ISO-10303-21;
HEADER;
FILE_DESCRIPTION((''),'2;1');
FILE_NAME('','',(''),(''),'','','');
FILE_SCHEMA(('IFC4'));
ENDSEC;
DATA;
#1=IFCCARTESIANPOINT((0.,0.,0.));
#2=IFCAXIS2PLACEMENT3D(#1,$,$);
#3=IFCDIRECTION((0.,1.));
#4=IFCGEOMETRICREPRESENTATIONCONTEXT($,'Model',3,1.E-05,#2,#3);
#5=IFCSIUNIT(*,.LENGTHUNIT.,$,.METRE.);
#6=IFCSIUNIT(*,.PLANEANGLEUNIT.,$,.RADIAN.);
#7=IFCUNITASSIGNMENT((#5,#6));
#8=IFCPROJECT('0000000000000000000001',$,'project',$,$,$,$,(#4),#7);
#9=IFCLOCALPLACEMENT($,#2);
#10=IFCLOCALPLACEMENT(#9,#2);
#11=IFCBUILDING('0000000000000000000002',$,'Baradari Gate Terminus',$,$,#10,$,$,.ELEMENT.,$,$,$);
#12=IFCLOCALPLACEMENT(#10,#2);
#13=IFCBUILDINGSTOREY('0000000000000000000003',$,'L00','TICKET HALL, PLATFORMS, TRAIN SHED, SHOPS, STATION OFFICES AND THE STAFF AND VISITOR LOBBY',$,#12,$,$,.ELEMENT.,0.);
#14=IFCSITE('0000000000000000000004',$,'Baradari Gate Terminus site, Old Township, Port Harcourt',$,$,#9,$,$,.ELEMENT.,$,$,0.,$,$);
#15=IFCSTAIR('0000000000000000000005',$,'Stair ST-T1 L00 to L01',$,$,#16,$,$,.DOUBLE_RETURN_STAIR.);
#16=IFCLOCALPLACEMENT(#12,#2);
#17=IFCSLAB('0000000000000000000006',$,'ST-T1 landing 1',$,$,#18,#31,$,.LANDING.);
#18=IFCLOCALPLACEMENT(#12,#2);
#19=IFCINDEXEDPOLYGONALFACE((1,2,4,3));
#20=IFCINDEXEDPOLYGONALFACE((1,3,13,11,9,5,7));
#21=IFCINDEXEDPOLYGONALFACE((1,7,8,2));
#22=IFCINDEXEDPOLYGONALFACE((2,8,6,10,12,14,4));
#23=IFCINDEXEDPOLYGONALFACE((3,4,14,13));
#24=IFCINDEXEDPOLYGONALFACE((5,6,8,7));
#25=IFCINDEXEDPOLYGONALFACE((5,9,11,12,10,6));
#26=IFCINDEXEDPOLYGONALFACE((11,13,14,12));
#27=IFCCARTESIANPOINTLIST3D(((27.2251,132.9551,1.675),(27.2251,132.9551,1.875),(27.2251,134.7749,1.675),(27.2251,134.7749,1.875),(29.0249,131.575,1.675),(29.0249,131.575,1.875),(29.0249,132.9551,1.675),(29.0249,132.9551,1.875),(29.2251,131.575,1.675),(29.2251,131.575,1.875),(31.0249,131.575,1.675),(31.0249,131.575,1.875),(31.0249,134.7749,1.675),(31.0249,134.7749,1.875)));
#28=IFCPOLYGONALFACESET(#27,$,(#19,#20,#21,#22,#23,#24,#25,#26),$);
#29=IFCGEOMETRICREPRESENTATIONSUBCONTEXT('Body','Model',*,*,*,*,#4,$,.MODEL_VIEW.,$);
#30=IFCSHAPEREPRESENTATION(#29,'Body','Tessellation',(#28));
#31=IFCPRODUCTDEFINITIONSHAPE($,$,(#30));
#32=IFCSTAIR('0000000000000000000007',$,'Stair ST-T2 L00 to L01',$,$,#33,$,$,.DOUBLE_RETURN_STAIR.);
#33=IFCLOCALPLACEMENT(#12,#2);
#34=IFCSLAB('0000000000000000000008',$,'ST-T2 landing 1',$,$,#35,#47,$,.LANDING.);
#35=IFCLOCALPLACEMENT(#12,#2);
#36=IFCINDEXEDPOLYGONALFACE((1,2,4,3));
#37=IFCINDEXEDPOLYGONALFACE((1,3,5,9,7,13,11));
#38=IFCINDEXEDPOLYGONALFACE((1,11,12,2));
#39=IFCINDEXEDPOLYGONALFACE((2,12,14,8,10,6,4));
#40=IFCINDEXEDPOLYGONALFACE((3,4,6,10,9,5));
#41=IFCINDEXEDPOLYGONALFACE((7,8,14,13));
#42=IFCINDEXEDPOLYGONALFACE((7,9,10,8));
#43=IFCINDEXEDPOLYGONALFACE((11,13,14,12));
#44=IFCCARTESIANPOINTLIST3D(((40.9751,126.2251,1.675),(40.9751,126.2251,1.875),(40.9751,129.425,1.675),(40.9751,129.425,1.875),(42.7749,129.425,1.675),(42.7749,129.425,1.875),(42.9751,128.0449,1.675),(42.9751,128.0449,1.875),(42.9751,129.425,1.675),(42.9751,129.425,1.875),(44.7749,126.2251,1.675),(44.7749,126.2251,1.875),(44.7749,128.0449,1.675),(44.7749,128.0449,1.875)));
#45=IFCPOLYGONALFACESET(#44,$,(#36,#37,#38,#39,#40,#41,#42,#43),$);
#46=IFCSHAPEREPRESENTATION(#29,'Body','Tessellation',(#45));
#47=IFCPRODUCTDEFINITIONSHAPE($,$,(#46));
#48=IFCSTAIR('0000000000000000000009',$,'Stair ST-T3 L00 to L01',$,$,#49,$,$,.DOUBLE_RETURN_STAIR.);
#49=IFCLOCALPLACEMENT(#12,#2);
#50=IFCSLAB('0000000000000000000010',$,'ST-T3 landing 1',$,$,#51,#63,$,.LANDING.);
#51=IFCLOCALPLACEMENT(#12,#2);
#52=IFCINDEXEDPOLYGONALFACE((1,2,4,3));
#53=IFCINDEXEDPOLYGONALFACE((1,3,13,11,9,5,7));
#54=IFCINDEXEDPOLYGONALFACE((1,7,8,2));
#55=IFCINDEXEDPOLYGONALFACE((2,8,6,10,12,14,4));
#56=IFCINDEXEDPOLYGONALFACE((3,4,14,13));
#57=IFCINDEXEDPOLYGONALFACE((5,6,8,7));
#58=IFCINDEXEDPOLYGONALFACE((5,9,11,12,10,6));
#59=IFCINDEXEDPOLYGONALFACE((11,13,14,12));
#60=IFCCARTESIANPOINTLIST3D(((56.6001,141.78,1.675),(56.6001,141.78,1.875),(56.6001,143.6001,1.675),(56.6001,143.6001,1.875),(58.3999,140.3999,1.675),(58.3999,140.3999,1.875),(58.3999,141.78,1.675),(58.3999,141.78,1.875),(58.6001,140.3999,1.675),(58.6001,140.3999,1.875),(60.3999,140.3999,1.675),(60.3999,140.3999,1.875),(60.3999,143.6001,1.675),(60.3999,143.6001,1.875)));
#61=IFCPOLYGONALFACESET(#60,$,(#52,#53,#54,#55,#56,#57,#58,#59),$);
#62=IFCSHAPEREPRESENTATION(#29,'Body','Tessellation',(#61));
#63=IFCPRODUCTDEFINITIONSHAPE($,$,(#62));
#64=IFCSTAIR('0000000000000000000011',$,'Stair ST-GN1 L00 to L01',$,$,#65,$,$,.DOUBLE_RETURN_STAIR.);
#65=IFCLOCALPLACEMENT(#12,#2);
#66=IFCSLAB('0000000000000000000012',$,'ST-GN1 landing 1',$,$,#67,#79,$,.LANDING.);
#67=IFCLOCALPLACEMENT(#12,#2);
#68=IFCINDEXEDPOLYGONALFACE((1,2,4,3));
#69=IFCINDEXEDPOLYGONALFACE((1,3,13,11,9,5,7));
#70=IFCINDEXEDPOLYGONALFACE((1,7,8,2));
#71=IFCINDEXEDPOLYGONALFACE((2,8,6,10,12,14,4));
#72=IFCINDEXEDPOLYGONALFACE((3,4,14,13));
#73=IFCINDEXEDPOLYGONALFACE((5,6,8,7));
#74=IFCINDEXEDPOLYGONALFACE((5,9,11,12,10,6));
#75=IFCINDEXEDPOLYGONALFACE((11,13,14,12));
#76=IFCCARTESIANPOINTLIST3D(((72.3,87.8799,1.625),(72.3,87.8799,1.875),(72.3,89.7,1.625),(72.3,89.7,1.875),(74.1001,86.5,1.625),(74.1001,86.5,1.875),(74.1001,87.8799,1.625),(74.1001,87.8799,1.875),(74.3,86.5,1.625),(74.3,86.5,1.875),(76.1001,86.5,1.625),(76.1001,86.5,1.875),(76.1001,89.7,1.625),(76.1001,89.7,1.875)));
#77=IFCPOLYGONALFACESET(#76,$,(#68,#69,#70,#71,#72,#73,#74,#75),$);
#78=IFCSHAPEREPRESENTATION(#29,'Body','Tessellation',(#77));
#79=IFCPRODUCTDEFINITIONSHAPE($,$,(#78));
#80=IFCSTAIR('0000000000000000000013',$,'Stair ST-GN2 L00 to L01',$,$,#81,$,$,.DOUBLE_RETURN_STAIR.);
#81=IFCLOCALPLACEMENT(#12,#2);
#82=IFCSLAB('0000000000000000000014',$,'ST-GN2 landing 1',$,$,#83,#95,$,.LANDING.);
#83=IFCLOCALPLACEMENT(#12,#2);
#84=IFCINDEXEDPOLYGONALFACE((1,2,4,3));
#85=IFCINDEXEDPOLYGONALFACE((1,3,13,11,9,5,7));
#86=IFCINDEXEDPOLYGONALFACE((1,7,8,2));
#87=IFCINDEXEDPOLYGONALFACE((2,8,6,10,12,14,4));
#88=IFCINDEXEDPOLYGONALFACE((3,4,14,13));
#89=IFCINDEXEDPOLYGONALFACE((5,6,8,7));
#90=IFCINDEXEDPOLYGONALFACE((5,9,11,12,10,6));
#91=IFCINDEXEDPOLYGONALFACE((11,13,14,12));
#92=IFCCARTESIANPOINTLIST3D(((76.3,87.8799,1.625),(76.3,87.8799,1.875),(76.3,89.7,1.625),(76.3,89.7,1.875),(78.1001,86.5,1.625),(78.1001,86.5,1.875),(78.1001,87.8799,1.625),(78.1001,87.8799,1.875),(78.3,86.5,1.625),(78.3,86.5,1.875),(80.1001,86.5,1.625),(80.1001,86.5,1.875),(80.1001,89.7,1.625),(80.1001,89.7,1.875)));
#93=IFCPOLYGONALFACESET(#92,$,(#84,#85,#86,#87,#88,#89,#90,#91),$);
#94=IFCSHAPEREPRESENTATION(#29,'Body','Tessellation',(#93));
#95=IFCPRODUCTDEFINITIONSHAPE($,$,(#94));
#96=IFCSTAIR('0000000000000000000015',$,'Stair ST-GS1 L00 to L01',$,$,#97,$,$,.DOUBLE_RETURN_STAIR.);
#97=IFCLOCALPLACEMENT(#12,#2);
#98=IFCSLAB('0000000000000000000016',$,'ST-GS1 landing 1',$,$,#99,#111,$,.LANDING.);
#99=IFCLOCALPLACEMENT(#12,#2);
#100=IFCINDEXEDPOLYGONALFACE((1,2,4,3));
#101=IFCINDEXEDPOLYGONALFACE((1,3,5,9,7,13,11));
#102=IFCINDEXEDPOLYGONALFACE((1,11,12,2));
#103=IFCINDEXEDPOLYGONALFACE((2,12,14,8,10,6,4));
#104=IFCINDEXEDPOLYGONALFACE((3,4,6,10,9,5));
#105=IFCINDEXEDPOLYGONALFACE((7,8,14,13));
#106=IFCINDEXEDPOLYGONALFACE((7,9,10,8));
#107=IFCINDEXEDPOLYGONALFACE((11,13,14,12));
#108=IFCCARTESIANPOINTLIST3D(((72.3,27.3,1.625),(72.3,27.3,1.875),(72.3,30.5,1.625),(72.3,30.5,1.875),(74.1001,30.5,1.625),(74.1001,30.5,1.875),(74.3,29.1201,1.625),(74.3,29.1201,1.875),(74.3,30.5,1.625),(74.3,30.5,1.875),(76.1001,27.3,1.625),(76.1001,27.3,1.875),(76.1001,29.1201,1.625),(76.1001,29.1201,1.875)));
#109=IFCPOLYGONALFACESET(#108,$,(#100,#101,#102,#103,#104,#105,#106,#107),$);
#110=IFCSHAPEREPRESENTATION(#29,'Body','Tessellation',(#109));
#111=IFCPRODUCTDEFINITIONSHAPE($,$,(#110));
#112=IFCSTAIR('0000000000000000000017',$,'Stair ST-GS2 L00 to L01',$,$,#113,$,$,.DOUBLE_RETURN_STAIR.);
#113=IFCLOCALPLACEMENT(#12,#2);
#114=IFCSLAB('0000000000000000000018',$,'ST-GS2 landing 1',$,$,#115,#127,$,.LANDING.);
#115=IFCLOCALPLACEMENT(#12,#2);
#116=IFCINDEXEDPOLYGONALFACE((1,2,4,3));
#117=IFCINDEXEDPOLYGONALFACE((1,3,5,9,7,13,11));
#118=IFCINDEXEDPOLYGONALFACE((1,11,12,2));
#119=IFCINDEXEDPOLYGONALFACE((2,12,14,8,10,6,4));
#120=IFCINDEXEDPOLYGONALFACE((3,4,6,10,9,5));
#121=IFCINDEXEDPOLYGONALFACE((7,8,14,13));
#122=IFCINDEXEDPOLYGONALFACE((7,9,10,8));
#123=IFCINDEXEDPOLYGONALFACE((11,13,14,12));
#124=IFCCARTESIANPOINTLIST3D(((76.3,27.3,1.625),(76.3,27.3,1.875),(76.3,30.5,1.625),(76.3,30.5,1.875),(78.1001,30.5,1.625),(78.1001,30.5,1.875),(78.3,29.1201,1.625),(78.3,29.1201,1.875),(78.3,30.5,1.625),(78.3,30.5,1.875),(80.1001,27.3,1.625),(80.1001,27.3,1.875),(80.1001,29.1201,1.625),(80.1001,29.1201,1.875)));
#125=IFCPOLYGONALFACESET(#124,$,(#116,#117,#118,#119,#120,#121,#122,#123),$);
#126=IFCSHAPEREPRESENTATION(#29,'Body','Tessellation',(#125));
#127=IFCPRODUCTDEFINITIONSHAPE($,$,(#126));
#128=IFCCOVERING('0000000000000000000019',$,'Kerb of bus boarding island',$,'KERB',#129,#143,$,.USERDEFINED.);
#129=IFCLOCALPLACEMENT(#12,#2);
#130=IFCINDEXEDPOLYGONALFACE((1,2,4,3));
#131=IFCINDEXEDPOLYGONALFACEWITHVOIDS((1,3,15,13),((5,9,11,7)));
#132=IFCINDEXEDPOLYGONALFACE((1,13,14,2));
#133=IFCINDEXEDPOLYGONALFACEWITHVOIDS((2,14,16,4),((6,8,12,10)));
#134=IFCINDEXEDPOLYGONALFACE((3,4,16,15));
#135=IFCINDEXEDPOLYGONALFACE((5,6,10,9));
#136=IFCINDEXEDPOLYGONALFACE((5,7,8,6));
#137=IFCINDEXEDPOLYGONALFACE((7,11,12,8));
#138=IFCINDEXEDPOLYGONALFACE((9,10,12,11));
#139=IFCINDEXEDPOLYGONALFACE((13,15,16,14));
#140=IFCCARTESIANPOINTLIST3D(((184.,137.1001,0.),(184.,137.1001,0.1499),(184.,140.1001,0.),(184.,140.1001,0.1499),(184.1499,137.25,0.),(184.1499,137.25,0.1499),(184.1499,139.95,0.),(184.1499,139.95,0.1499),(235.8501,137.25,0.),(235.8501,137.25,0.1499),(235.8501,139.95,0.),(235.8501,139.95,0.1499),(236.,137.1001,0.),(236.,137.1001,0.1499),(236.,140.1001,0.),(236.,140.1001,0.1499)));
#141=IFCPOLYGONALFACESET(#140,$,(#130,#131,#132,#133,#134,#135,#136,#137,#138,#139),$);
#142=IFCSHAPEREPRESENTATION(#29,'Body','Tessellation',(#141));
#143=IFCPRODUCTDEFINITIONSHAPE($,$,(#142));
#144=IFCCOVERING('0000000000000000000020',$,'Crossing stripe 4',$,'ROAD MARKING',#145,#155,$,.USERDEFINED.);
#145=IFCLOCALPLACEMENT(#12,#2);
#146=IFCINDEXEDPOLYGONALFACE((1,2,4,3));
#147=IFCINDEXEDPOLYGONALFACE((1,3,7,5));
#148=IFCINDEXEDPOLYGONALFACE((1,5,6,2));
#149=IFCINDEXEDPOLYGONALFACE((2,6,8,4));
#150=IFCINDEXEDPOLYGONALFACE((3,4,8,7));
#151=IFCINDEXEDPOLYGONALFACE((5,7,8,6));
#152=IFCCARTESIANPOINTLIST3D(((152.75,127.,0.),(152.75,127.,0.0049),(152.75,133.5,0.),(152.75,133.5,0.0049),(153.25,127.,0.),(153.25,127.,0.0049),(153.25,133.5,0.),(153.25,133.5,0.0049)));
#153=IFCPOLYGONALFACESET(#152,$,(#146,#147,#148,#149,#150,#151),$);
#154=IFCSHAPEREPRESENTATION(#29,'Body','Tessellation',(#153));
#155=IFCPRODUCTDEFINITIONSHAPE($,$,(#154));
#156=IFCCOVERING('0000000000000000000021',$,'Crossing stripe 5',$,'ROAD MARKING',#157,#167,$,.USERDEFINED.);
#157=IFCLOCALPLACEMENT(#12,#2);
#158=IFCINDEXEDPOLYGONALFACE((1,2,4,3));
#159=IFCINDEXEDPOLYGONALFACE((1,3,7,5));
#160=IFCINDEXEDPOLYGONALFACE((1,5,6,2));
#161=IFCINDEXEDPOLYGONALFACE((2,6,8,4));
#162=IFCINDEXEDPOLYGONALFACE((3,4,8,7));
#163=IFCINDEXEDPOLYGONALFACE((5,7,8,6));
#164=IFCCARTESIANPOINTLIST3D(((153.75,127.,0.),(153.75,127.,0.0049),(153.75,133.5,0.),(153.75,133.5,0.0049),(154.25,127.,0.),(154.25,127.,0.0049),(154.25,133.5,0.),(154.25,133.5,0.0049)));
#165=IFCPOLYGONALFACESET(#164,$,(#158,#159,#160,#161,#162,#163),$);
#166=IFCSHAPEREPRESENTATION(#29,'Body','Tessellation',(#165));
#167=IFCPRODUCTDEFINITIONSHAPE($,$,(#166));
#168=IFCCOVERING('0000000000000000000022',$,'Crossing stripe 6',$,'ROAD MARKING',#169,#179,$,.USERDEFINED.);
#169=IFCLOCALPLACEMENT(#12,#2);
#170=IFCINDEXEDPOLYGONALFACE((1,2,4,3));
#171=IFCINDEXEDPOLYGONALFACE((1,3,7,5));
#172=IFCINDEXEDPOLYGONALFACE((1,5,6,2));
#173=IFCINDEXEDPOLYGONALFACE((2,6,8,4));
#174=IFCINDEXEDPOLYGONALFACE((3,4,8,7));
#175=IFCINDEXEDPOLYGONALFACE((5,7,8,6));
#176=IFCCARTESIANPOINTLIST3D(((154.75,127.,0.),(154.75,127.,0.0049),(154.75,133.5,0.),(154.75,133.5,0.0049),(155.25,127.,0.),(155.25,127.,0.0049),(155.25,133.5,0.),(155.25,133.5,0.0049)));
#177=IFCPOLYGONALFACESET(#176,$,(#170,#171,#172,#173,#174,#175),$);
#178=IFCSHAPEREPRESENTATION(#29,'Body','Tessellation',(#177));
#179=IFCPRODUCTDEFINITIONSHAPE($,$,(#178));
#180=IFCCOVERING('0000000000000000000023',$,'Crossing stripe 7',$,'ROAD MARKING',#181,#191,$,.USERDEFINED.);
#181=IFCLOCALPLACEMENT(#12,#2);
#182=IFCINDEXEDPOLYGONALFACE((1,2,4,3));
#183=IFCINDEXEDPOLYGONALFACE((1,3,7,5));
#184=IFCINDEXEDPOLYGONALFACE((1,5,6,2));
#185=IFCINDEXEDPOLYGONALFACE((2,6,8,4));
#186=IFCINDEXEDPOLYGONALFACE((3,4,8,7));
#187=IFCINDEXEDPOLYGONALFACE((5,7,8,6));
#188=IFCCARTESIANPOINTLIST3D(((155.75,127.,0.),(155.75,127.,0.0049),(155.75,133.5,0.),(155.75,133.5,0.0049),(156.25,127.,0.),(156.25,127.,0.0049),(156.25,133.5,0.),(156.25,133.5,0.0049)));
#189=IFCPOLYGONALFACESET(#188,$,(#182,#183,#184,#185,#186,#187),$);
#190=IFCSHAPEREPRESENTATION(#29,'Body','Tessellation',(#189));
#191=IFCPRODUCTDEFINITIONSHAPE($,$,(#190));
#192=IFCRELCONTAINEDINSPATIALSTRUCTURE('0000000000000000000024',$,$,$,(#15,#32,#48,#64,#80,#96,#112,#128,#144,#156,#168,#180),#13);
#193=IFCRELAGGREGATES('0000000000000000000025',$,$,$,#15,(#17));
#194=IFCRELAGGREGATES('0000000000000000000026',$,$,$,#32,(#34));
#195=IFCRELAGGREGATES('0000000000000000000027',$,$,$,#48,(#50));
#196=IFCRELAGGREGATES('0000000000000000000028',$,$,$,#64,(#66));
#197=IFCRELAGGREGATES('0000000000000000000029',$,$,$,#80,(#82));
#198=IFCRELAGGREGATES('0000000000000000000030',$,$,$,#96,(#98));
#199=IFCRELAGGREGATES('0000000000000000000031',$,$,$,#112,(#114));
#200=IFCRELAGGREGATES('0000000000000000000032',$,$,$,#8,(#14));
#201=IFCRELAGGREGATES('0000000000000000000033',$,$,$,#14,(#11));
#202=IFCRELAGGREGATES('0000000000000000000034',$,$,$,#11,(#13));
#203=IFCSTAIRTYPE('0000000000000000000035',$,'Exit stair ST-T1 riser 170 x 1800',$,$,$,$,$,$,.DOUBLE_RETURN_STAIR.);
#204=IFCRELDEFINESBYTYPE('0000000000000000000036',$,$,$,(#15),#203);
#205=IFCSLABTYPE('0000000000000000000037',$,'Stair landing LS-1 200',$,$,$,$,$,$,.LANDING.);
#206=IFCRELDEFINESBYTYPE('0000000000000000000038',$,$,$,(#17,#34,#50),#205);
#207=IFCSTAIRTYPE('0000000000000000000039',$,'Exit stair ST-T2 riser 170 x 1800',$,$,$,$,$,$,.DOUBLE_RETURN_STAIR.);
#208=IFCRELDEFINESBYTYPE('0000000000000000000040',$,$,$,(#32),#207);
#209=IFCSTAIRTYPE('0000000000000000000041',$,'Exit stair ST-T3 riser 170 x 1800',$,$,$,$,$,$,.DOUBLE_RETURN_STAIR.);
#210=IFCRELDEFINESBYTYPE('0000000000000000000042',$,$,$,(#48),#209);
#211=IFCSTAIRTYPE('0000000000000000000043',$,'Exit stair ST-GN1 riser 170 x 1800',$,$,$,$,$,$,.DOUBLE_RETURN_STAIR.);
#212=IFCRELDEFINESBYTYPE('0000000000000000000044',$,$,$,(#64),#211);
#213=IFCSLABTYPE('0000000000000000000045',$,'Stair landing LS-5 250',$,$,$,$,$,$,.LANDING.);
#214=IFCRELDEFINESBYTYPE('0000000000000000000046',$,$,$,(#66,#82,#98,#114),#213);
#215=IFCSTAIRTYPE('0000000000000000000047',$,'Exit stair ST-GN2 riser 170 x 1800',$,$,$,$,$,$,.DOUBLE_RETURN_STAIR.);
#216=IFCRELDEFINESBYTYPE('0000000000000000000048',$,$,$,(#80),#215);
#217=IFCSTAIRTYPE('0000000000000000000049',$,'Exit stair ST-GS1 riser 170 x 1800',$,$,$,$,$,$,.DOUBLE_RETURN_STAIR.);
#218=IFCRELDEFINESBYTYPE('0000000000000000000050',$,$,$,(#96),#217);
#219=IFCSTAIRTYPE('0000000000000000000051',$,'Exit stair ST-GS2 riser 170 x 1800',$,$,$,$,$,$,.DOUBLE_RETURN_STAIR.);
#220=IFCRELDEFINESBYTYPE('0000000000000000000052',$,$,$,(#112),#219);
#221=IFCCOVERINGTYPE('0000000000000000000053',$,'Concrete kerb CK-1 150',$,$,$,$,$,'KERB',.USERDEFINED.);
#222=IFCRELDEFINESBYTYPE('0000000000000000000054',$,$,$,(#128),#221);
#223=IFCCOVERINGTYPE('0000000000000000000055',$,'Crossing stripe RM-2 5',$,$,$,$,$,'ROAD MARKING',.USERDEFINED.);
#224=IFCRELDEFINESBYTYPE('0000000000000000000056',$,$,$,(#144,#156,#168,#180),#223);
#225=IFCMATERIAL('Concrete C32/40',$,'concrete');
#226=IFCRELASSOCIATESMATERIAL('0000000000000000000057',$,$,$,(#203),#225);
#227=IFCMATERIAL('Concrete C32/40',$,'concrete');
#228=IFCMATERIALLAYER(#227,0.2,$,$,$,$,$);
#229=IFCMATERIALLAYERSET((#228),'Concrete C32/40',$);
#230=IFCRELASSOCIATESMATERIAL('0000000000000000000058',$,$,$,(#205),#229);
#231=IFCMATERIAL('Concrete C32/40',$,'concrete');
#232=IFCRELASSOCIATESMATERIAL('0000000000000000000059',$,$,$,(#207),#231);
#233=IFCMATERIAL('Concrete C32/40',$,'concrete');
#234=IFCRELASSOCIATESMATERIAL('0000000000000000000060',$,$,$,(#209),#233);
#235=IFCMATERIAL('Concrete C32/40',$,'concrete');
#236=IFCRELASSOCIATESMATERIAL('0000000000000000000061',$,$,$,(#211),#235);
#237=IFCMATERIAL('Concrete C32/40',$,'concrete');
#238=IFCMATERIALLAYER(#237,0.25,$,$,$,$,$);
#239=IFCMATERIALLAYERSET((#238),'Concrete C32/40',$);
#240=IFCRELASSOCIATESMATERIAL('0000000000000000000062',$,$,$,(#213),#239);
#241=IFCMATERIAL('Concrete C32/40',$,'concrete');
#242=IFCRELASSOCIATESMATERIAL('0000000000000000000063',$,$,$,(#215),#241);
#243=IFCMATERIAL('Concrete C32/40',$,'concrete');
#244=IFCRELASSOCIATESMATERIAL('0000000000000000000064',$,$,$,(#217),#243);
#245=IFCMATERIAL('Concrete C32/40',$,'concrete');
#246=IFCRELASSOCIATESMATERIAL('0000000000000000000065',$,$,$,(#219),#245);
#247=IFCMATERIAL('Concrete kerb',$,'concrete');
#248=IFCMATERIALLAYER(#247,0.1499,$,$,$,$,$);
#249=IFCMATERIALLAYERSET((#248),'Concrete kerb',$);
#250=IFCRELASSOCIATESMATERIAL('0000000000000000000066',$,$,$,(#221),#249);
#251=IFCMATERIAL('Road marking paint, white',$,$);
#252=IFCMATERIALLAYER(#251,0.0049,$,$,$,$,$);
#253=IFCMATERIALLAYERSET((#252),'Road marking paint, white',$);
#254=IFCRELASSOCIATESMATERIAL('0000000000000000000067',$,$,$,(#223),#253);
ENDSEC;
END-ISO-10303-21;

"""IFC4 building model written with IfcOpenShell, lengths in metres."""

from ifc_helpers import new_model, si_unit, direction, frame, origin, place, context, subcontext, project, spatial, polyline, outline, extrude, material, layer, layer_set, type_object, element, aggregate, save


model = new_model("IFC4")

# Units and contexts
model_context = context("Model", 3, precision=1e-05, world=origin(), true_north=direction((0.0, 1.0)))
body_context = subcontext(model_context, "Body", "Model", "MODEL_VIEW")
ifc_project = project(units=[si_unit("LENGTHUNIT", "METRE"), si_unit("PLANEANGLEUNIT", "RADIAN")], contexts=[model_context])

# Site, building, storey
site_placement = place(None, origin())
site = spatial("IfcSite", under=ifc_project, at=site_placement, Name="Baradari Gate Terminus site, Old Township, Port Harcourt", CompositionType="ELEMENT", RefElevation=0.0)
building_placement = place(site_placement, origin())
building = spatial("IfcBuilding", under=site, at=building_placement, Name="Baradari Gate Terminus", CompositionType="ELEMENT")
storey_placement = place(building_placement, origin())
storey = spatial("IfcBuildingStorey", under=building, at=storey_placement, Name="L00", Description="TICKET HALL, PLATFORMS, TRAIN SHED, SHOPS, STATION OFFICES AND THE STAFF AND VISITOR LOBBY", CompositionType="ELEMENT", Elevation=0.0)

# Stairs, slabs
ifc_material_1 = material(Name="Concrete C32/40", Category="concrete")
stair_type_1 = type_object("IfcStairType", Name="Exit stair ST-T1 riser 170 x 1800", PredefinedType="DOUBLE_RETURN_STAIR", material=ifc_material_1)
stair_1_placement = place(storey_placement, origin())
stair_1 = element("IfcStair", 1, at=stair_1_placement, inside=storey, type_object=stair_type_1, Name="Stair ST-T1 L00 to L01", PredefinedType="DOUBLE_RETURN_STAIR")
ifc_material_2 = material(Name="Concrete C32/40", Category="concrete")
ifc_layer_1 = layer(ifc_material_2, 0.2)
ifc_layer_set_1 = layer_set([ifc_layer_1], Name="Concrete C32/40")
slab_type_1 = type_object("IfcSlabType", Name="Stair landing LS-1 200", PredefinedType="LANDING", material=ifc_layer_set_1)
slab_1_placement = place(storey_placement, frame((0.0, 0.0, 1.675)))
slab_1 = element("IfcSlab", 2, at=slab_1_placement, type_object=slab_type_1, Name="ST-T1 landing 1", PredefinedType="LANDING", context=body_context, shape_type="SweptSolid", body=[
    extrude(outline(polyline([(27.2251, 134.7749), (27.2251, 132.9551), (29.0249, 132.9551), (29.0249, 131.575), (29.2251, 131.575), (31.0249, 131.575), (31.0249, 134.7749), (27.2251, 134.7749)])), origin(), (0.0, 0.0, 1.0), 0.2),
])
aggregate(stair_1, [slab_1])
ifc_material_3 = material(Name="Concrete C32/40", Category="concrete")
stair_type_2 = type_object("IfcStairType", Name="Exit stair ST-T2 riser 170 x 1800", PredefinedType="DOUBLE_RETURN_STAIR", material=ifc_material_3)
stair_2_placement = place(storey_placement, origin())
stair_2 = element("IfcStair", 3, at=stair_2_placement, inside=storey, type_object=stair_type_2, Name="Stair ST-T2 L00 to L01", PredefinedType="DOUBLE_RETURN_STAIR")
slab_2_placement = place(storey_placement, frame((0.0, 0.0, 1.675)))
slab_2 = element("IfcSlab", 4, at=slab_2_placement, type_object=slab_type_1, Name="ST-T2 landing 1", PredefinedType="LANDING", context=body_context, shape_type="SweptSolid", body=[
    extrude(outline(polyline([(44.7749, 126.2251), (44.7749, 128.0449), (42.9751, 128.0449), (42.9751, 129.425), (42.7749, 129.425), (40.9751, 129.425), (40.9751, 126.2251), (44.7749, 126.2251)])), origin(), (0.0, 0.0, 1.0), 0.2),
])
aggregate(stair_2, [slab_2])
ifc_material_4 = material(Name="Concrete C32/40", Category="concrete")
stair_type_3 = type_object("IfcStairType", Name="Exit stair ST-T3 riser 170 x 1800", PredefinedType="DOUBLE_RETURN_STAIR", material=ifc_material_4)
stair_3_placement = place(storey_placement, origin())
stair_3 = element("IfcStair", 5, at=stair_3_placement, inside=storey, type_object=stair_type_3, Name="Stair ST-T3 L00 to L01", PredefinedType="DOUBLE_RETURN_STAIR")
slab_3_placement = place(storey_placement, frame((0.0, 0.0, 1.675)))
slab_3 = element("IfcSlab", 6, at=slab_3_placement, type_object=slab_type_1, Name="ST-T3 landing 1", PredefinedType="LANDING", context=body_context, shape_type="SweptSolid", body=[
    extrude(outline(polyline([(56.6001, 143.6001), (56.6001, 141.78), (58.3999, 141.78), (58.3999, 140.3999), (58.6001, 140.3999), (60.3999, 140.3999), (60.3999, 143.6001), (56.6001, 143.6001)])), origin(), (0.0, 0.0, 1.0), 0.2),
])
aggregate(stair_3, [slab_3])
ifc_material_5 = material(Name="Concrete C32/40", Category="concrete")
stair_type_4 = type_object("IfcStairType", Name="Exit stair ST-GN1 riser 170 x 1800", PredefinedType="DOUBLE_RETURN_STAIR", material=ifc_material_5)
stair_4_placement = place(storey_placement, origin())
stair_4 = element("IfcStair", 7, at=stair_4_placement, inside=storey, type_object=stair_type_4, Name="Stair ST-GN1 L00 to L01", PredefinedType="DOUBLE_RETURN_STAIR")
ifc_material_6 = material(Name="Concrete C32/40", Category="concrete")
ifc_layer_2 = layer(ifc_material_6, 0.25)
ifc_layer_set_2 = layer_set([ifc_layer_2], Name="Concrete C32/40")
slab_type_2 = type_object("IfcSlabType", Name="Stair landing LS-5 250", PredefinedType="LANDING", material=ifc_layer_set_2)
slab_4_placement = place(storey_placement, frame((0.0, 0.0, 1.625)))
slab_4 = element("IfcSlab", 8, at=slab_4_placement, type_object=slab_type_2, Name="ST-GN1 landing 1", PredefinedType="LANDING", context=body_context, shape_type="SweptSolid", body=[
    extrude(outline(polyline([(72.3, 89.7), (72.3, 87.8799), (74.1001, 87.8799), (74.1001, 86.5), (74.3, 86.5), (76.1001, 86.5), (76.1001, 89.7), (72.3, 89.7)])), origin(), (0.0, 0.0, 1.0), 0.25),
])
aggregate(stair_4, [slab_4])
ifc_material_7 = material(Name="Concrete C32/40", Category="concrete")
stair_type_5 = type_object("IfcStairType", Name="Exit stair ST-GN2 riser 170 x 1800", PredefinedType="DOUBLE_RETURN_STAIR", material=ifc_material_7)
stair_5_placement = place(storey_placement, origin())
stair_5 = element("IfcStair", 9, at=stair_5_placement, inside=storey, type_object=stair_type_5, Name="Stair ST-GN2 L00 to L01", PredefinedType="DOUBLE_RETURN_STAIR")
slab_5_placement = place(storey_placement, frame((0.0, 0.0, 1.625)))
slab_5 = element("IfcSlab", 10, at=slab_5_placement, type_object=slab_type_2, Name="ST-GN2 landing 1", PredefinedType="LANDING", context=body_context, shape_type="SweptSolid", body=[
    extrude(outline(polyline([(76.3, 89.7), (76.3, 87.8799), (78.1001, 87.8799), (78.1001, 86.5), (78.3, 86.5), (80.1001, 86.5), (80.1001, 89.7), (76.3, 89.7)])), origin(), (0.0, 0.0, 1.0), 0.25),
])
aggregate(stair_5, [slab_5])
ifc_material_8 = material(Name="Concrete C32/40", Category="concrete")
stair_type_6 = type_object("IfcStairType", Name="Exit stair ST-GS1 riser 170 x 1800", PredefinedType="DOUBLE_RETURN_STAIR", material=ifc_material_8)
stair_6_placement = place(storey_placement, origin())
stair_6 = element("IfcStair", 11, at=stair_6_placement, inside=storey, type_object=stair_type_6, Name="Stair ST-GS1 L00 to L01", PredefinedType="DOUBLE_RETURN_STAIR")
slab_6_placement = place(storey_placement, frame((0.0, 0.0, 1.625)))
slab_6 = element("IfcSlab", 12, at=slab_6_placement, type_object=slab_type_2, Name="ST-GS1 landing 1", PredefinedType="LANDING", context=body_context, shape_type="SweptSolid", body=[
    extrude(outline(polyline([(76.1001, 27.3), (76.1001, 29.1201), (74.3, 29.1201), (74.3, 30.5), (74.1001, 30.5), (72.3, 30.5), (72.3, 27.3), (76.1001, 27.3)])), origin(), (0.0, 0.0, 1.0), 0.25),
])
aggregate(stair_6, [slab_6])
ifc_material_9 = material(Name="Concrete C32/40", Category="concrete")
stair_type_7 = type_object("IfcStairType", Name="Exit stair ST-GS2 riser 170 x 1800", PredefinedType="DOUBLE_RETURN_STAIR", material=ifc_material_9)
stair_7_placement = place(storey_placement, origin())
stair_7 = element("IfcStair", 13, at=stair_7_placement, inside=storey, type_object=stair_type_7, Name="Stair ST-GS2 L00 to L01", PredefinedType="DOUBLE_RETURN_STAIR")
slab_7_placement = place(storey_placement, frame((0.0, 0.0, 1.625)))
slab_7 = element("IfcSlab", 14, at=slab_7_placement, type_object=slab_type_2, Name="ST-GS2 landing 1", PredefinedType="LANDING", context=body_context, shape_type="SweptSolid", body=[
    extrude(outline(polyline([(80.1001, 27.3), (80.1001, 29.1201), (78.3, 29.1201), (78.3, 30.5), (78.1001, 30.5), (76.3, 30.5), (76.3, 27.3), (80.1001, 27.3)])), origin(), (0.0, 0.0, 1.0), 0.25),
])
aggregate(stair_7, [slab_7])

# Coverings
ifc_material_10 = material(Name="Concrete kerb", Category="concrete")
ifc_layer_3 = layer(ifc_material_10, 0.1499)
ifc_layer_set_3 = layer_set([ifc_layer_3], Name="Concrete kerb")
covering_type_1 = type_object("IfcCoveringType", Name="Concrete kerb CK-1 150", ElementType="KERB", PredefinedType="USERDEFINED", material=ifc_layer_set_3)
covering_1_placement = place(storey_placement, origin())
element("IfcCovering", 15, at=covering_1_placement, inside=storey, type_object=covering_type_1, Name="Kerb of bus boarding island", ObjectType="KERB", PredefinedType="USERDEFINED", context=body_context, shape_type="SweptSolid", body=[
    extrude(outline(polyline([(184.0, 137.1001), (236.0, 137.1001), (236.0, 140.1001), (184.0, 140.1001), (184.0, 137.1001)]), holes=[polyline([(235.8501, 139.95), (235.8501, 137.25), (184.1499, 137.25), (184.1499, 139.95), (235.8501, 139.95)])]), origin(), (0.0, 0.0, 1.0), 0.1499),
])
ifc_material_11 = material(Name="Road marking paint, white")
ifc_layer_4 = layer(ifc_material_11, 0.0049)
ifc_layer_set_4 = layer_set([ifc_layer_4], Name="Road marking paint, white")
covering_type_2 = type_object("IfcCoveringType", Name="Crossing stripe RM-2 5", ElementType="ROAD MARKING", PredefinedType="USERDEFINED", material=ifc_layer_set_4)
covering_2_placement = place(storey_placement, origin())
element("IfcCovering", 16, at=covering_2_placement, inside=storey, type_object=covering_type_2, Name="Crossing stripe 4", ObjectType="ROAD MARKING", PredefinedType="USERDEFINED", context=body_context, shape_type="SweptSolid", body=[
    extrude(outline(polyline([(153.25, 127.0), (153.25, 133.5), (152.75, 133.5), (152.75, 127.0), (153.25, 127.0)])), origin(), (0.0, 0.0, 1.0), 0.0049),
])
covering_3_placement = place(storey_placement, origin())
element("IfcCovering", 17, at=covering_3_placement, inside=storey, type_object=covering_type_2, Name="Crossing stripe 5", ObjectType="ROAD MARKING", PredefinedType="USERDEFINED", context=body_context, shape_type="SweptSolid", body=[
    extrude(outline(polyline([(154.25, 127.0), (154.25, 133.5), (153.75, 133.5), (153.75, 127.0), (154.25, 127.0)])), origin(), (0.0, 0.0, 1.0), 0.0049),
])
covering_4_placement = place(storey_placement, origin())
element("IfcCovering", 18, at=covering_4_placement, inside=storey, type_object=covering_type_2, Name="Crossing stripe 6", ObjectType="ROAD MARKING", PredefinedType="USERDEFINED", context=body_context, shape_type="SweptSolid", body=[
    extrude(outline(polyline([(155.25, 127.0), (155.25, 133.5), (154.75, 133.5), (154.75, 127.0), (155.25, 127.0)])), origin(), (0.0, 0.0, 1.0), 0.0049),
])
covering_5_placement = place(storey_placement, origin())
element("IfcCovering", 19, at=covering_5_placement, inside=storey, type_object=covering_type_2, Name="Crossing stripe 7", ObjectType="ROAD MARKING", PredefinedType="USERDEFINED", context=body_context, shape_type="SweptSolid", body=[
    extrude(outline(polyline([(156.25, 127.0), (156.25, 133.5), (155.75, 133.5), (155.75, 127.0), (156.25, 127.0)])), origin(), (0.0, 0.0, 1.0), 0.0049),
])

save(model, "model.ifc")
